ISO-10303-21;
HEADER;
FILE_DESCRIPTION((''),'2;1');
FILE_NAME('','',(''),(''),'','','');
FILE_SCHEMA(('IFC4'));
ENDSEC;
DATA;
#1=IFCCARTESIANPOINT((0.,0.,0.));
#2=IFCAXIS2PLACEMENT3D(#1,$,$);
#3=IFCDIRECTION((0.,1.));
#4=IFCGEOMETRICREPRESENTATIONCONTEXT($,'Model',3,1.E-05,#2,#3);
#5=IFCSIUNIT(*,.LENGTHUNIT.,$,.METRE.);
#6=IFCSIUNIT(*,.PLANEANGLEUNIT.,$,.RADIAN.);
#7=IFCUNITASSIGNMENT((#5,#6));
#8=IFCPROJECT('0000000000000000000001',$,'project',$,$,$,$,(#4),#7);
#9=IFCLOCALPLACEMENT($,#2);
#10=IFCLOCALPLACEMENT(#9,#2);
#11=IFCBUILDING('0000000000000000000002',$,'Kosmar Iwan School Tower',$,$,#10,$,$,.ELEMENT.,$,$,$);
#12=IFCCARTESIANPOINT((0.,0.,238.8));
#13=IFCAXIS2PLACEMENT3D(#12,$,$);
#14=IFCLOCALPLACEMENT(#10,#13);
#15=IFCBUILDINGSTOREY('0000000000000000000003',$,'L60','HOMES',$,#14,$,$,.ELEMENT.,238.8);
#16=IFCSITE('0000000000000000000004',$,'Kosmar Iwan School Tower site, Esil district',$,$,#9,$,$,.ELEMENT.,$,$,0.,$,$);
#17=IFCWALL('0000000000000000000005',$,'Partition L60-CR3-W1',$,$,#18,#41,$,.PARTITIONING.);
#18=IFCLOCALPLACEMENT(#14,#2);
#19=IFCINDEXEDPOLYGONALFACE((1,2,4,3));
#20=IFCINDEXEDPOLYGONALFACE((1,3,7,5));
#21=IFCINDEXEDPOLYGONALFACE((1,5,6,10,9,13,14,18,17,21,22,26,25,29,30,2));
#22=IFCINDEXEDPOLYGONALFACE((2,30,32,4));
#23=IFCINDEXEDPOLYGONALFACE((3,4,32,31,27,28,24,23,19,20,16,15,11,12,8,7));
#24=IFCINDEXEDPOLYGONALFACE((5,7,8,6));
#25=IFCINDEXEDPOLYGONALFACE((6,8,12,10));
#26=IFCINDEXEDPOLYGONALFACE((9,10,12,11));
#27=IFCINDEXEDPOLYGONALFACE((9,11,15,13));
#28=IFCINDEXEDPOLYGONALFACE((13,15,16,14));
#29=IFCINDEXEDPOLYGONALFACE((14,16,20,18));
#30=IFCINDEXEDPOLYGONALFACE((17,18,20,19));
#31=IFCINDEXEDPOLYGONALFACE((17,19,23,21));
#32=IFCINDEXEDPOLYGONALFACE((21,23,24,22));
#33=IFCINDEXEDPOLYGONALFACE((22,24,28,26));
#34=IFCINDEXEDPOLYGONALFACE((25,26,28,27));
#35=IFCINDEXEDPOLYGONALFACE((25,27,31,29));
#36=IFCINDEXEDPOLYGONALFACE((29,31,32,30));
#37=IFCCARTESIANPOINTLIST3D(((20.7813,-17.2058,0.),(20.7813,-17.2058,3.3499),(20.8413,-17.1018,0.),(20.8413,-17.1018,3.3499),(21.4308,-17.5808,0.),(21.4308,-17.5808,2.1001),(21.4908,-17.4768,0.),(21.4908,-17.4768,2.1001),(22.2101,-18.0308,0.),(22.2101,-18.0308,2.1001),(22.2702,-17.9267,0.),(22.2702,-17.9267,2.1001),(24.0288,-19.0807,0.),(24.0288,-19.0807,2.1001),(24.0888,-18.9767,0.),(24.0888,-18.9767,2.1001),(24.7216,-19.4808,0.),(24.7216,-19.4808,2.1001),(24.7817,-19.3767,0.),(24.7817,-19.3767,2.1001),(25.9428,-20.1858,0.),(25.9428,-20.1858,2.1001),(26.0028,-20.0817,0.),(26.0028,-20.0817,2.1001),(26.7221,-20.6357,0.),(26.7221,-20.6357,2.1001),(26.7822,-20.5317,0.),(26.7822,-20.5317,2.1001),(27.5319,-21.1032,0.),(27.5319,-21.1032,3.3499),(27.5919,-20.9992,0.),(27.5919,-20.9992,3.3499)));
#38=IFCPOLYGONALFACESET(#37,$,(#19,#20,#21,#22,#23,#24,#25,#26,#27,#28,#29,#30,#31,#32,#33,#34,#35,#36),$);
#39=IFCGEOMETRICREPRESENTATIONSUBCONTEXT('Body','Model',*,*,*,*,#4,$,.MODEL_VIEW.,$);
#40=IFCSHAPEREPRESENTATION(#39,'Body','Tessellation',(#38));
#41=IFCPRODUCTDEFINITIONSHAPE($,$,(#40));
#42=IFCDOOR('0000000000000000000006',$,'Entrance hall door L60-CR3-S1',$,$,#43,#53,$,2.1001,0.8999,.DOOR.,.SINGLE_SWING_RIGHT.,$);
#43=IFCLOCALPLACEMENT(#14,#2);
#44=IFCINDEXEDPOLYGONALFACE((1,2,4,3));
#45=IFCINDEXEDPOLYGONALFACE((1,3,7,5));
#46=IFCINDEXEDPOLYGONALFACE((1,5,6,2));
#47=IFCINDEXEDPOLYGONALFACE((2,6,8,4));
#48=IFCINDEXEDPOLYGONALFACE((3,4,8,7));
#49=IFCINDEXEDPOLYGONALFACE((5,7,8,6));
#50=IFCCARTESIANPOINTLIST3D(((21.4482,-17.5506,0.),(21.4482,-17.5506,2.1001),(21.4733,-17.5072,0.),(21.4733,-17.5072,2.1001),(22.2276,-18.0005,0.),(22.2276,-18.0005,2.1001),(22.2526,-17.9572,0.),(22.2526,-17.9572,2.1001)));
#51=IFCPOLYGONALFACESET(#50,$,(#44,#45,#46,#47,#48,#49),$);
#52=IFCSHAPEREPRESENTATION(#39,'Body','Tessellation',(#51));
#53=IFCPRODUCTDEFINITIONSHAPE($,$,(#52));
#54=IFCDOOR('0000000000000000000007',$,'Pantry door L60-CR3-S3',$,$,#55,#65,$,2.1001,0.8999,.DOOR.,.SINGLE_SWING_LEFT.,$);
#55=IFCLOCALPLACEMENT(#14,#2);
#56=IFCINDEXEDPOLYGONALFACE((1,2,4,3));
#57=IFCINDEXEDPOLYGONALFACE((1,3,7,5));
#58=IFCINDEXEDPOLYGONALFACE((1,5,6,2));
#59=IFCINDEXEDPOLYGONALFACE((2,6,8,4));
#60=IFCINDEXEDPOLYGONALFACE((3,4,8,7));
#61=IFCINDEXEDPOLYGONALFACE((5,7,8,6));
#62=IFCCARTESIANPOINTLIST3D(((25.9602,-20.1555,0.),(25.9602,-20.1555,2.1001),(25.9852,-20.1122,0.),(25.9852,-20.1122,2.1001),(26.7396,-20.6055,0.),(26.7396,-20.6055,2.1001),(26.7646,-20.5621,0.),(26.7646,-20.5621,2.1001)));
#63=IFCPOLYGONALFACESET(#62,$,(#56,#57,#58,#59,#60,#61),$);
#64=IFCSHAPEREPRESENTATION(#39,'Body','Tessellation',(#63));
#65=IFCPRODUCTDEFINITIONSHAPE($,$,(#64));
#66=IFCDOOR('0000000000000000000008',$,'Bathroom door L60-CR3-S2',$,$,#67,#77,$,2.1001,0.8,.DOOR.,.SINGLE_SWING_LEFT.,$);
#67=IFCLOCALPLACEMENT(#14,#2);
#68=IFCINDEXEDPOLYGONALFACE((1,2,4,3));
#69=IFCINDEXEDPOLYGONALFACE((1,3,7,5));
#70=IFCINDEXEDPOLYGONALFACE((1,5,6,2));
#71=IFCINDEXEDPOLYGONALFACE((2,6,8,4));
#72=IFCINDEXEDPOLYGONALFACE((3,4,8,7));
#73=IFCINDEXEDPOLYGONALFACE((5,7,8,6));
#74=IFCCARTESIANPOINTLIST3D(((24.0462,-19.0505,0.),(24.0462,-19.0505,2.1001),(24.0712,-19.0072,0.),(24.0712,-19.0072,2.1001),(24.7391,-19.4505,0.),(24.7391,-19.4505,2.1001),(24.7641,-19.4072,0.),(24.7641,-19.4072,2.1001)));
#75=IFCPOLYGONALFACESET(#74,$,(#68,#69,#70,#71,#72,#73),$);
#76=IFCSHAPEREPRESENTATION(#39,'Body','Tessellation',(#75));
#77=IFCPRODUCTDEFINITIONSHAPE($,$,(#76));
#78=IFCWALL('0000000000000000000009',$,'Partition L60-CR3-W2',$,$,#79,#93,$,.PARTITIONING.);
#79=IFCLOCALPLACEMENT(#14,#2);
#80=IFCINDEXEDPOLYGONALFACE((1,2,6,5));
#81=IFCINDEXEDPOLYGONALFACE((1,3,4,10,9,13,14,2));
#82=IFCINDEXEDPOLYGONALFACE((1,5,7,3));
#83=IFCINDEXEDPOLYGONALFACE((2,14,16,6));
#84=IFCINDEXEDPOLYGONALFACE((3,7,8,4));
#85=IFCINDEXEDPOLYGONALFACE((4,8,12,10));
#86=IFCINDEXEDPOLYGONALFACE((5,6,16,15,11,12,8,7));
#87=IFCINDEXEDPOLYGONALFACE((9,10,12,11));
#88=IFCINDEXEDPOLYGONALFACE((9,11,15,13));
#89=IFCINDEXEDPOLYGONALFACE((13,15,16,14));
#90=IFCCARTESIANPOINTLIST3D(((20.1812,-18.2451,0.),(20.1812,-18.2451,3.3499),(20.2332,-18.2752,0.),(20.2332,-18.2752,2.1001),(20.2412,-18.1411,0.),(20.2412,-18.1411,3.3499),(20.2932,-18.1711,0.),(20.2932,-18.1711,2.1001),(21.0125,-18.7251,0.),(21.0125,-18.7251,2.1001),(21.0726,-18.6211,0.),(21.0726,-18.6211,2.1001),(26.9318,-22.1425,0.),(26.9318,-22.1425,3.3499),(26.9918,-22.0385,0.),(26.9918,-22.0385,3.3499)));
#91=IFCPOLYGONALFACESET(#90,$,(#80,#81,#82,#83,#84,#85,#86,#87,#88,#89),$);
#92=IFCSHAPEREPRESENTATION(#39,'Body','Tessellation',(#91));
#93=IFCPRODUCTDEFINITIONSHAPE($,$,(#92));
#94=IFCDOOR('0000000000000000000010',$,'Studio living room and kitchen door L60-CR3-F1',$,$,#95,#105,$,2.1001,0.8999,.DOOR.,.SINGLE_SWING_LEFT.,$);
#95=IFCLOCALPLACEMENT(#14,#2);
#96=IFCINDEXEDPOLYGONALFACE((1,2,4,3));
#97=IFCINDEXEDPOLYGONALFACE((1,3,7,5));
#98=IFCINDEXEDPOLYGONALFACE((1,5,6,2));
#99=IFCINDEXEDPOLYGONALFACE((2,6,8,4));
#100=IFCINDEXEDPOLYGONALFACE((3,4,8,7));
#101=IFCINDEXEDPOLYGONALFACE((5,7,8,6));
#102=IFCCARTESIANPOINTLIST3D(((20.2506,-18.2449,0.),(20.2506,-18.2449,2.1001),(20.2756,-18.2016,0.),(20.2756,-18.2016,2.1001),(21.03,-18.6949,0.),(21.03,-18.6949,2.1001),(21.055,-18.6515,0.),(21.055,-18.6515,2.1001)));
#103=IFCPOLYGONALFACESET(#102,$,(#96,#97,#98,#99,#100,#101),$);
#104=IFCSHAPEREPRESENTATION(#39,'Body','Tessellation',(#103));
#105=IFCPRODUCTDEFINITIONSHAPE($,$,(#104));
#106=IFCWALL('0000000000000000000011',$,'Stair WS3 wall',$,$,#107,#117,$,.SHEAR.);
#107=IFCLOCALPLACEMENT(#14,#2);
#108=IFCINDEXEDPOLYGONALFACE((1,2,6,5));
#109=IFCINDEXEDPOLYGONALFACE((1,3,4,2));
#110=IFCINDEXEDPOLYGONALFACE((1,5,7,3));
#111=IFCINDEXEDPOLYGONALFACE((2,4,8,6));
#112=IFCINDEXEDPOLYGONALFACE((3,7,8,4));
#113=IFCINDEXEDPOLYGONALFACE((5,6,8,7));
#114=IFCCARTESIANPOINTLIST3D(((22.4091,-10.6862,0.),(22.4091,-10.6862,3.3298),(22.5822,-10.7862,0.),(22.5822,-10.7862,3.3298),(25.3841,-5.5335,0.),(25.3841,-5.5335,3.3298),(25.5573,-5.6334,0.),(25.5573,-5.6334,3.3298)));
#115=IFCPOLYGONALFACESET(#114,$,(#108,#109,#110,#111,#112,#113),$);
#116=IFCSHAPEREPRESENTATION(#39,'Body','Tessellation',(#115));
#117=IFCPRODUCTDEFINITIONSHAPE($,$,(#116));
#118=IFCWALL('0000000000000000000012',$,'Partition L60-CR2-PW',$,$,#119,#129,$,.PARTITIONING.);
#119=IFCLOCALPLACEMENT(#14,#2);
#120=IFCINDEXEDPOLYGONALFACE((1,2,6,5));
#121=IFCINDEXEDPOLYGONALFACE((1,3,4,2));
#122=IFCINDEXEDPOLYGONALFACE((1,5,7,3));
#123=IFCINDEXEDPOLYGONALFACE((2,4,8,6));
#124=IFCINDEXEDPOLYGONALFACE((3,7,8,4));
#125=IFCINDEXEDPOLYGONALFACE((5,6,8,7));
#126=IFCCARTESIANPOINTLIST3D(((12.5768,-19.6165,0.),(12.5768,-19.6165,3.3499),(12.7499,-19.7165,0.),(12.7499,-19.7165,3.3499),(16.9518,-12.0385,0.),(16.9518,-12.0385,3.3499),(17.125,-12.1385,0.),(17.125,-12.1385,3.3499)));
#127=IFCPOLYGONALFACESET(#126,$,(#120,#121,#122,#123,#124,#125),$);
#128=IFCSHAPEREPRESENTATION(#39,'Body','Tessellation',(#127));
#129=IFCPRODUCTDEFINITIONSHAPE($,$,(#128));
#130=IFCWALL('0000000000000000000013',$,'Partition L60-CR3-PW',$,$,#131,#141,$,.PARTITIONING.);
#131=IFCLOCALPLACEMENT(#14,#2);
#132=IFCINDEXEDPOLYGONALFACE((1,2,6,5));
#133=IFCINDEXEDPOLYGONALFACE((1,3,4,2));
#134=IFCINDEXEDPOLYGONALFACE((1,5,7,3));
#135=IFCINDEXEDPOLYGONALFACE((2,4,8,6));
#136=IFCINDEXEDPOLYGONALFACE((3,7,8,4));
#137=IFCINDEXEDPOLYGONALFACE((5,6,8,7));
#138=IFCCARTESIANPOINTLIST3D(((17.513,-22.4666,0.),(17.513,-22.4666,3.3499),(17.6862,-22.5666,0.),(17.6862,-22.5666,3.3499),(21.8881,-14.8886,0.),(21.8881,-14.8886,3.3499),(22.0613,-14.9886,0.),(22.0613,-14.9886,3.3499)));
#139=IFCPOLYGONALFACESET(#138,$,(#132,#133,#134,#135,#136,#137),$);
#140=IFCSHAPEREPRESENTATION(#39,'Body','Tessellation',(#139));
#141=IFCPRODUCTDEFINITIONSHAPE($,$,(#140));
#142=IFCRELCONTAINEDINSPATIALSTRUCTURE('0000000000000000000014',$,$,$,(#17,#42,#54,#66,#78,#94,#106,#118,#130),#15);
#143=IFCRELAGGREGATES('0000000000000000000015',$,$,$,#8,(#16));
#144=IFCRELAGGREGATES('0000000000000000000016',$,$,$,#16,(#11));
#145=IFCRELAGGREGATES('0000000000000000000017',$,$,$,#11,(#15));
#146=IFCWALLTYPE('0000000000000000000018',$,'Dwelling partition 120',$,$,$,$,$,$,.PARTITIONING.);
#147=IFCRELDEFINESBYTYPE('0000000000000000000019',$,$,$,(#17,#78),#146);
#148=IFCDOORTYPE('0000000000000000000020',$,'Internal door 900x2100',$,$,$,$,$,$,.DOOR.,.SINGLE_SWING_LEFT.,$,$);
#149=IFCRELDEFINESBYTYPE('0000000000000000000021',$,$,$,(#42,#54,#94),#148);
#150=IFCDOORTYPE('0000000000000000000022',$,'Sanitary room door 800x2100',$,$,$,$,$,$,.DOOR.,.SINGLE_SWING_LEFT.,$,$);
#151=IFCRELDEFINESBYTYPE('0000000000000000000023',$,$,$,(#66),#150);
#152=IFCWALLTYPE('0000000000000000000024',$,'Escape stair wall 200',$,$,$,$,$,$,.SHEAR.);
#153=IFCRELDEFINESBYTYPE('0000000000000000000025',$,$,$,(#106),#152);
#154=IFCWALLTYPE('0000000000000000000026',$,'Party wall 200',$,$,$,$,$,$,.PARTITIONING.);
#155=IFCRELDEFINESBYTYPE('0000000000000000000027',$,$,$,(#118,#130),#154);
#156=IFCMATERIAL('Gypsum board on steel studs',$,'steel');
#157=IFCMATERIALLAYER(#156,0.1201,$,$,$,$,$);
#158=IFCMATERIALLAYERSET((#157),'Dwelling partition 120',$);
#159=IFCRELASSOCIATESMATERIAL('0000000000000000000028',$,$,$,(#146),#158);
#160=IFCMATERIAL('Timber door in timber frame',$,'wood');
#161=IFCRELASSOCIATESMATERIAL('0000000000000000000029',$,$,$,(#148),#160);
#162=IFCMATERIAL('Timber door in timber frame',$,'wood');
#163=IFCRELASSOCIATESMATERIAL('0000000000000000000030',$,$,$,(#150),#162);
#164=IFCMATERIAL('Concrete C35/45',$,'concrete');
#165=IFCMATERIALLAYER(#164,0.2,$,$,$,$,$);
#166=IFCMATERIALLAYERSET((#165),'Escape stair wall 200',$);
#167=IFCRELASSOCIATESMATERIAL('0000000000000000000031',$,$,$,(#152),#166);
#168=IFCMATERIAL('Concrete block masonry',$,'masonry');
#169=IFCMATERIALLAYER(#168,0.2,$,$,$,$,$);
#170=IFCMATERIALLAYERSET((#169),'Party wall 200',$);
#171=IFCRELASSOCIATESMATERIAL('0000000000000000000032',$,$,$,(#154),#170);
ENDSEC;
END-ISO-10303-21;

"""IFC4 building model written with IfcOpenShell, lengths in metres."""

from ifc_helpers import new_model, si_unit, direction, frame, frame_2d, origin, place, context, subcontext, project, spatial, rectangle, extrude, material, layer, layer_set, type_object, element, fill, save


model = new_model("IFC4")

# Units and contexts
model_context = context("Model", 3, precision=1e-05, world=origin(), true_north=direction((0.0, 1.0)))
body_context = subcontext(model_context, "Body", "Model", "MODEL_VIEW")
ifc_project = project(units=[si_unit("LENGTHUNIT", "METRE"), si_unit("PLANEANGLEUNIT", "RADIAN")], contexts=[model_context])

# Site, building, storey
site_placement = place(None, origin())
site = spatial("IfcSite", under=ifc_project, at=site_placement, Name="Kosmar Iwan School Tower site, Esil district", CompositionType="ELEMENT", RefElevation=0.0)
building_placement = place(site_placement, origin())
building = spatial("IfcBuilding", under=site, at=building_placement, Name="Kosmar Iwan School Tower", CompositionType="ELEMENT")
storey_placement = place(building_placement, frame((0.0, 0.0, 238.8)))
storey = spatial("IfcBuildingStorey", under=building, at=storey_placement, Name="L60", Description="HOMES", CompositionType="ELEMENT", Elevation=238.8)

# Shared definitions
ifc_material_1 = material(Name="Gypsum board on steel studs", Category="steel")
ifc_layer_1 = layer(ifc_material_1, 0.1201)
ifc_layer_set_1 = layer_set([ifc_layer_1], Name="Dwelling partition 120")
wall_type_1 = type_object("IfcWallType", Name="Dwelling partition 120", PredefinedType="PARTITIONING", material=ifc_layer_set_1)

# Wall, openings, doors
wall_1_placement = place(storey_placement, frame((20.8113, -17.1538, 0.0), z_axis=(0.0, 0.0, 1.0), x_axis=(0.86603, -0.499993, 0.0)))
wall_1 = element("IfcWall", 1, at=wall_1_placement, inside=storey, type_object=wall_type_1, Name="Partition L60-CR3-W1", PredefinedType="PARTITIONING", context=body_context, shape_type="SweptSolid", body=[
    extrude(rectangle(XDim=7.7949, YDim=0.1201, at=frame_2d((3.8975, 0.0))), origin(), (0.0, 0.0, 1.0), 3.3499),
])
opening_1_placement = place(wall_1_placement, frame((0.75, 0.0, 0.0)))
opening_1 = element("IfcOpeningElement", 2, at=opening_1_placement, cuts=wall_1, PredefinedType="OPENING", context=body_context, shape_type="SweptSolid", body=[
    extrude(rectangle(XDim=0.8999, YDim=2.1001, at=frame_2d((0.45, 1.05))), frame((0.0, 0.072, 0.0), z_axis=(0.0, -1.0, 0.0), x_axis=(1.0, 0.0, 0.0)), (0.0, 0.0, 1.0), 0.144),
])
opening_2_placement = place(wall_1_placement, frame((3.75, 0.0, 0.0)))
opening_2 = element("IfcOpeningElement", 3, at=opening_2_placement, cuts=wall_1, PredefinedType="OPENING", context=body_context, shape_type="SweptSolid", body=[
    extrude(rectangle(XDim=0.8, YDim=2.1001, at=frame_2d((0.3999, 1.05))), frame((0.0, 0.072, 0.0), z_axis=(0.0, -1.0, 0.0), x_axis=(1.0, 0.0, 0.0)), (0.0, 0.0, 1.0), 0.144),
])
opening_3_placement = place(wall_1_placement, frame((5.96, 0.0, 0.0)))
opening_3 = element("IfcOpeningElement", 4, at=opening_3_placement, cuts=wall_1, PredefinedType="OPENING", context=body_context, shape_type="SweptSolid", body=[
    extrude(rectangle(XDim=0.8999, YDim=2.1001, at=frame_2d((0.45, 1.05))), frame((0.0, 0.072, 0.0), z_axis=(0.0, -1.0, 0.0), x_axis=(1.0, 0.0, 0.0)), (0.0, 0.0, 1.0), 0.144),
])
ifc_material_2 = material(Name="Timber door in timber frame", Category="wood")
door_type_1 = type_object("IfcDoorType", Name="Internal door 900x2100", OperationType="SINGLE_SWING_LEFT", PredefinedType="DOOR", material=ifc_material_2)
door_1_placement = place(opening_1_placement, origin())
door_1 = element("IfcDoor", 5, at=door_1_placement, inside=storey, type_object=door_type_1, Name="Entrance hall door L60-CR3-S1", OperationType="SINGLE_SWING_RIGHT", OverallHeight=2.1001, OverallWidth=0.8999, PredefinedType="DOOR", context=body_context, shape_type="SweptSolid", body=[
    extrude(rectangle(XDim=0.8999, YDim=2.1001, at=frame_2d((0.45, 1.05))), frame((0.0, 0.0249, 0.0), z_axis=(0.0, -1.0, 0.0), x_axis=(1.0, 0.0, 0.0)), (0.0, 0.0, 1.0), 0.05),
])
fill(opening_1, door_1)
door_2_placement = place(opening_3_placement, origin())
door_2 = element("IfcDoor", 6, at=door_2_placement, inside=storey, type_object=door_type_1, Name="Pantry door L60-CR3-S3", OperationType="SINGLE_SWING_LEFT", OverallHeight=2.1001, OverallWidth=0.8999, PredefinedType="DOOR", context=body_context, shape_type="SweptSolid", body=[
    extrude(rectangle(XDim=0.8999, YDim=2.1001, at=frame_2d((0.45, 1.05))), frame((0.0, 0.0249, 0.0), z_axis=(0.0, -1.0, 0.0), x_axis=(1.0, 0.0, 0.0)), (0.0, 0.0, 1.0), 0.05),
])
fill(opening_3, door_2)
ifc_material_3 = material(Name="Timber door in timber frame", Category="wood")
door_type_2 = type_object("IfcDoorType", Name="Sanitary room door 800x2100", OperationType="SINGLE_SWING_LEFT", PredefinedType="DOOR", material=ifc_material_3)
door_3_placement = place(opening_2_placement, origin())
door_3 = element("IfcDoor", 7, at=door_3_placement, inside=storey, type_object=door_type_2, Name="Bathroom door L60-CR3-S2", OperationType="SINGLE_SWING_LEFT", OverallHeight=2.1001, OverallWidth=0.8, PredefinedType="DOOR", context=body_context, shape_type="SweptSolid", body=[
    extrude(rectangle(XDim=0.8, YDim=2.1001, at=frame_2d((0.3999, 1.05))), frame((0.0, 0.0249, 0.0), z_axis=(0.0, -1.0, 0.0), x_axis=(1.0, 0.0, 0.0)), (0.0, 0.0, 1.0), 0.05),
])
fill(opening_2, door_3)

# Wall, opening, door
wall_2_placement = place(storey_placement, frame((20.2112, -18.1931, 0.0), z_axis=(0.0, 0.0, 1.0), x_axis=(0.86603, -0.499993, 0.0)))
wall_2 = element("IfcWall", 8, at=wall_2_placement, inside=storey, type_object=wall_type_1, Name="Partition L60-CR3-W2", PredefinedType="PARTITIONING", context=body_context, shape_type="SweptSolid", body=[
    extrude(rectangle(XDim=7.7949, YDim=0.1201, at=frame_2d((3.8975, 0.0))), origin(), (0.0, 0.0, 1.0), 3.3499),
])
opening_4_placement = place(wall_2_placement, frame((0.0601, 0.0, 0.0)))
opening_4 = element("IfcOpeningElement", 9, at=opening_4_placement, cuts=wall_2, PredefinedType="OPENING", context=body_context, shape_type="SweptSolid", body=[
    extrude(rectangle(XDim=0.8999, YDim=2.1001, at=frame_2d((0.45, 1.05))), frame((0.0, 0.072, 0.0), z_axis=(0.0, -1.0, 0.0), x_axis=(1.0, 0.0, 0.0)), (0.0, 0.0, 1.0), 0.144),
])
door_4_placement = place(opening_4_placement, origin())
door_4 = element("IfcDoor", 10, at=door_4_placement, inside=storey, type_object=door_type_1, Name="Studio living room and kitchen door L60-CR3-F1", OperationType="SINGLE_SWING_LEFT", OverallHeight=2.1001, OverallWidth=0.8999, PredefinedType="DOOR", context=body_context, shape_type="SweptSolid", body=[
    extrude(rectangle(XDim=0.8999, YDim=2.1001, at=frame_2d((0.45, 1.05))), frame((0.0, 0.0249, 0.0), z_axis=(0.0, -1.0, 0.0), x_axis=(1.0, 0.0, 0.0)), (0.0, 0.0, 1.0), 0.05),
])
fill(opening_4, door_4)

# Walls
ifc_material_4 = material(Name="Concrete C35/45", Category="concrete")
ifc_layer_2 = layer(ifc_material_4, 0.2)
ifc_layer_set_2 = layer_set([ifc_layer_2], Name="Escape stair wall 200")
wall_type_2 = type_object("IfcWallType", Name="Escape stair wall 200", PredefinedType="SHEAR", material=ifc_layer_set_2)
wall_3_placement = place(storey_placement, frame((22.4956, -10.7363, 0.0), z_axis=(0.0, 0.0, 1.0), x_axis=(0.500014, 0.866017, 0.0)))
element("IfcWall", 11, at=wall_3_placement, inside=storey, type_object=wall_type_2, Name="Stair WS3 wall", PredefinedType="SHEAR", context=body_context, shape_type="SweptSolid", body=[
    extrude(rectangle(XDim=5.95, YDim=0.2, at=frame_2d((2.9751, 0.0))), origin(), (0.0, 0.0, 1.0), 3.3298),
])
ifc_material_5 = material(Name="Concrete block masonry", Category="masonry")
ifc_layer_3 = layer(ifc_material_5, 0.2)
ifc_layer_set_3 = layer_set([ifc_layer_3], Name="Party wall 200")
wall_type_3 = type_object("IfcWallType", Name="Party wall 200", PredefinedType="PARTITIONING", material=ifc_layer_set_3)
for number, where, z_axis, x_axis, name in (
    (12, (17.0383, -12.0886, 0.0), (0.0, 0.0, 1.0), (-0.499992, -0.86603, 0.0), "Partition L60-CR2-PW"),
    (13, (21.9746, -14.9387, 0.0), (0.0, 0.0, 1.0), (-0.499992, -0.86603, 0.0), "Partition L60-CR3-PW"),
):
    element("IfcWall", number, at=place(storey_placement, frame(where, z_axis=z_axis, x_axis=x_axis)), inside=storey, type_object=wall_type_3, Name=name, PredefinedType="PARTITIONING", context=body_context, shape_type="SweptSolid", body=[
        extrude(rectangle(XDim=8.7502, YDim=0.2, at=frame_2d((4.375, 0.0))), origin(), (0.0, 0.0, 1.0), 3.3499),
    ])

save(model, "model.ifc")
